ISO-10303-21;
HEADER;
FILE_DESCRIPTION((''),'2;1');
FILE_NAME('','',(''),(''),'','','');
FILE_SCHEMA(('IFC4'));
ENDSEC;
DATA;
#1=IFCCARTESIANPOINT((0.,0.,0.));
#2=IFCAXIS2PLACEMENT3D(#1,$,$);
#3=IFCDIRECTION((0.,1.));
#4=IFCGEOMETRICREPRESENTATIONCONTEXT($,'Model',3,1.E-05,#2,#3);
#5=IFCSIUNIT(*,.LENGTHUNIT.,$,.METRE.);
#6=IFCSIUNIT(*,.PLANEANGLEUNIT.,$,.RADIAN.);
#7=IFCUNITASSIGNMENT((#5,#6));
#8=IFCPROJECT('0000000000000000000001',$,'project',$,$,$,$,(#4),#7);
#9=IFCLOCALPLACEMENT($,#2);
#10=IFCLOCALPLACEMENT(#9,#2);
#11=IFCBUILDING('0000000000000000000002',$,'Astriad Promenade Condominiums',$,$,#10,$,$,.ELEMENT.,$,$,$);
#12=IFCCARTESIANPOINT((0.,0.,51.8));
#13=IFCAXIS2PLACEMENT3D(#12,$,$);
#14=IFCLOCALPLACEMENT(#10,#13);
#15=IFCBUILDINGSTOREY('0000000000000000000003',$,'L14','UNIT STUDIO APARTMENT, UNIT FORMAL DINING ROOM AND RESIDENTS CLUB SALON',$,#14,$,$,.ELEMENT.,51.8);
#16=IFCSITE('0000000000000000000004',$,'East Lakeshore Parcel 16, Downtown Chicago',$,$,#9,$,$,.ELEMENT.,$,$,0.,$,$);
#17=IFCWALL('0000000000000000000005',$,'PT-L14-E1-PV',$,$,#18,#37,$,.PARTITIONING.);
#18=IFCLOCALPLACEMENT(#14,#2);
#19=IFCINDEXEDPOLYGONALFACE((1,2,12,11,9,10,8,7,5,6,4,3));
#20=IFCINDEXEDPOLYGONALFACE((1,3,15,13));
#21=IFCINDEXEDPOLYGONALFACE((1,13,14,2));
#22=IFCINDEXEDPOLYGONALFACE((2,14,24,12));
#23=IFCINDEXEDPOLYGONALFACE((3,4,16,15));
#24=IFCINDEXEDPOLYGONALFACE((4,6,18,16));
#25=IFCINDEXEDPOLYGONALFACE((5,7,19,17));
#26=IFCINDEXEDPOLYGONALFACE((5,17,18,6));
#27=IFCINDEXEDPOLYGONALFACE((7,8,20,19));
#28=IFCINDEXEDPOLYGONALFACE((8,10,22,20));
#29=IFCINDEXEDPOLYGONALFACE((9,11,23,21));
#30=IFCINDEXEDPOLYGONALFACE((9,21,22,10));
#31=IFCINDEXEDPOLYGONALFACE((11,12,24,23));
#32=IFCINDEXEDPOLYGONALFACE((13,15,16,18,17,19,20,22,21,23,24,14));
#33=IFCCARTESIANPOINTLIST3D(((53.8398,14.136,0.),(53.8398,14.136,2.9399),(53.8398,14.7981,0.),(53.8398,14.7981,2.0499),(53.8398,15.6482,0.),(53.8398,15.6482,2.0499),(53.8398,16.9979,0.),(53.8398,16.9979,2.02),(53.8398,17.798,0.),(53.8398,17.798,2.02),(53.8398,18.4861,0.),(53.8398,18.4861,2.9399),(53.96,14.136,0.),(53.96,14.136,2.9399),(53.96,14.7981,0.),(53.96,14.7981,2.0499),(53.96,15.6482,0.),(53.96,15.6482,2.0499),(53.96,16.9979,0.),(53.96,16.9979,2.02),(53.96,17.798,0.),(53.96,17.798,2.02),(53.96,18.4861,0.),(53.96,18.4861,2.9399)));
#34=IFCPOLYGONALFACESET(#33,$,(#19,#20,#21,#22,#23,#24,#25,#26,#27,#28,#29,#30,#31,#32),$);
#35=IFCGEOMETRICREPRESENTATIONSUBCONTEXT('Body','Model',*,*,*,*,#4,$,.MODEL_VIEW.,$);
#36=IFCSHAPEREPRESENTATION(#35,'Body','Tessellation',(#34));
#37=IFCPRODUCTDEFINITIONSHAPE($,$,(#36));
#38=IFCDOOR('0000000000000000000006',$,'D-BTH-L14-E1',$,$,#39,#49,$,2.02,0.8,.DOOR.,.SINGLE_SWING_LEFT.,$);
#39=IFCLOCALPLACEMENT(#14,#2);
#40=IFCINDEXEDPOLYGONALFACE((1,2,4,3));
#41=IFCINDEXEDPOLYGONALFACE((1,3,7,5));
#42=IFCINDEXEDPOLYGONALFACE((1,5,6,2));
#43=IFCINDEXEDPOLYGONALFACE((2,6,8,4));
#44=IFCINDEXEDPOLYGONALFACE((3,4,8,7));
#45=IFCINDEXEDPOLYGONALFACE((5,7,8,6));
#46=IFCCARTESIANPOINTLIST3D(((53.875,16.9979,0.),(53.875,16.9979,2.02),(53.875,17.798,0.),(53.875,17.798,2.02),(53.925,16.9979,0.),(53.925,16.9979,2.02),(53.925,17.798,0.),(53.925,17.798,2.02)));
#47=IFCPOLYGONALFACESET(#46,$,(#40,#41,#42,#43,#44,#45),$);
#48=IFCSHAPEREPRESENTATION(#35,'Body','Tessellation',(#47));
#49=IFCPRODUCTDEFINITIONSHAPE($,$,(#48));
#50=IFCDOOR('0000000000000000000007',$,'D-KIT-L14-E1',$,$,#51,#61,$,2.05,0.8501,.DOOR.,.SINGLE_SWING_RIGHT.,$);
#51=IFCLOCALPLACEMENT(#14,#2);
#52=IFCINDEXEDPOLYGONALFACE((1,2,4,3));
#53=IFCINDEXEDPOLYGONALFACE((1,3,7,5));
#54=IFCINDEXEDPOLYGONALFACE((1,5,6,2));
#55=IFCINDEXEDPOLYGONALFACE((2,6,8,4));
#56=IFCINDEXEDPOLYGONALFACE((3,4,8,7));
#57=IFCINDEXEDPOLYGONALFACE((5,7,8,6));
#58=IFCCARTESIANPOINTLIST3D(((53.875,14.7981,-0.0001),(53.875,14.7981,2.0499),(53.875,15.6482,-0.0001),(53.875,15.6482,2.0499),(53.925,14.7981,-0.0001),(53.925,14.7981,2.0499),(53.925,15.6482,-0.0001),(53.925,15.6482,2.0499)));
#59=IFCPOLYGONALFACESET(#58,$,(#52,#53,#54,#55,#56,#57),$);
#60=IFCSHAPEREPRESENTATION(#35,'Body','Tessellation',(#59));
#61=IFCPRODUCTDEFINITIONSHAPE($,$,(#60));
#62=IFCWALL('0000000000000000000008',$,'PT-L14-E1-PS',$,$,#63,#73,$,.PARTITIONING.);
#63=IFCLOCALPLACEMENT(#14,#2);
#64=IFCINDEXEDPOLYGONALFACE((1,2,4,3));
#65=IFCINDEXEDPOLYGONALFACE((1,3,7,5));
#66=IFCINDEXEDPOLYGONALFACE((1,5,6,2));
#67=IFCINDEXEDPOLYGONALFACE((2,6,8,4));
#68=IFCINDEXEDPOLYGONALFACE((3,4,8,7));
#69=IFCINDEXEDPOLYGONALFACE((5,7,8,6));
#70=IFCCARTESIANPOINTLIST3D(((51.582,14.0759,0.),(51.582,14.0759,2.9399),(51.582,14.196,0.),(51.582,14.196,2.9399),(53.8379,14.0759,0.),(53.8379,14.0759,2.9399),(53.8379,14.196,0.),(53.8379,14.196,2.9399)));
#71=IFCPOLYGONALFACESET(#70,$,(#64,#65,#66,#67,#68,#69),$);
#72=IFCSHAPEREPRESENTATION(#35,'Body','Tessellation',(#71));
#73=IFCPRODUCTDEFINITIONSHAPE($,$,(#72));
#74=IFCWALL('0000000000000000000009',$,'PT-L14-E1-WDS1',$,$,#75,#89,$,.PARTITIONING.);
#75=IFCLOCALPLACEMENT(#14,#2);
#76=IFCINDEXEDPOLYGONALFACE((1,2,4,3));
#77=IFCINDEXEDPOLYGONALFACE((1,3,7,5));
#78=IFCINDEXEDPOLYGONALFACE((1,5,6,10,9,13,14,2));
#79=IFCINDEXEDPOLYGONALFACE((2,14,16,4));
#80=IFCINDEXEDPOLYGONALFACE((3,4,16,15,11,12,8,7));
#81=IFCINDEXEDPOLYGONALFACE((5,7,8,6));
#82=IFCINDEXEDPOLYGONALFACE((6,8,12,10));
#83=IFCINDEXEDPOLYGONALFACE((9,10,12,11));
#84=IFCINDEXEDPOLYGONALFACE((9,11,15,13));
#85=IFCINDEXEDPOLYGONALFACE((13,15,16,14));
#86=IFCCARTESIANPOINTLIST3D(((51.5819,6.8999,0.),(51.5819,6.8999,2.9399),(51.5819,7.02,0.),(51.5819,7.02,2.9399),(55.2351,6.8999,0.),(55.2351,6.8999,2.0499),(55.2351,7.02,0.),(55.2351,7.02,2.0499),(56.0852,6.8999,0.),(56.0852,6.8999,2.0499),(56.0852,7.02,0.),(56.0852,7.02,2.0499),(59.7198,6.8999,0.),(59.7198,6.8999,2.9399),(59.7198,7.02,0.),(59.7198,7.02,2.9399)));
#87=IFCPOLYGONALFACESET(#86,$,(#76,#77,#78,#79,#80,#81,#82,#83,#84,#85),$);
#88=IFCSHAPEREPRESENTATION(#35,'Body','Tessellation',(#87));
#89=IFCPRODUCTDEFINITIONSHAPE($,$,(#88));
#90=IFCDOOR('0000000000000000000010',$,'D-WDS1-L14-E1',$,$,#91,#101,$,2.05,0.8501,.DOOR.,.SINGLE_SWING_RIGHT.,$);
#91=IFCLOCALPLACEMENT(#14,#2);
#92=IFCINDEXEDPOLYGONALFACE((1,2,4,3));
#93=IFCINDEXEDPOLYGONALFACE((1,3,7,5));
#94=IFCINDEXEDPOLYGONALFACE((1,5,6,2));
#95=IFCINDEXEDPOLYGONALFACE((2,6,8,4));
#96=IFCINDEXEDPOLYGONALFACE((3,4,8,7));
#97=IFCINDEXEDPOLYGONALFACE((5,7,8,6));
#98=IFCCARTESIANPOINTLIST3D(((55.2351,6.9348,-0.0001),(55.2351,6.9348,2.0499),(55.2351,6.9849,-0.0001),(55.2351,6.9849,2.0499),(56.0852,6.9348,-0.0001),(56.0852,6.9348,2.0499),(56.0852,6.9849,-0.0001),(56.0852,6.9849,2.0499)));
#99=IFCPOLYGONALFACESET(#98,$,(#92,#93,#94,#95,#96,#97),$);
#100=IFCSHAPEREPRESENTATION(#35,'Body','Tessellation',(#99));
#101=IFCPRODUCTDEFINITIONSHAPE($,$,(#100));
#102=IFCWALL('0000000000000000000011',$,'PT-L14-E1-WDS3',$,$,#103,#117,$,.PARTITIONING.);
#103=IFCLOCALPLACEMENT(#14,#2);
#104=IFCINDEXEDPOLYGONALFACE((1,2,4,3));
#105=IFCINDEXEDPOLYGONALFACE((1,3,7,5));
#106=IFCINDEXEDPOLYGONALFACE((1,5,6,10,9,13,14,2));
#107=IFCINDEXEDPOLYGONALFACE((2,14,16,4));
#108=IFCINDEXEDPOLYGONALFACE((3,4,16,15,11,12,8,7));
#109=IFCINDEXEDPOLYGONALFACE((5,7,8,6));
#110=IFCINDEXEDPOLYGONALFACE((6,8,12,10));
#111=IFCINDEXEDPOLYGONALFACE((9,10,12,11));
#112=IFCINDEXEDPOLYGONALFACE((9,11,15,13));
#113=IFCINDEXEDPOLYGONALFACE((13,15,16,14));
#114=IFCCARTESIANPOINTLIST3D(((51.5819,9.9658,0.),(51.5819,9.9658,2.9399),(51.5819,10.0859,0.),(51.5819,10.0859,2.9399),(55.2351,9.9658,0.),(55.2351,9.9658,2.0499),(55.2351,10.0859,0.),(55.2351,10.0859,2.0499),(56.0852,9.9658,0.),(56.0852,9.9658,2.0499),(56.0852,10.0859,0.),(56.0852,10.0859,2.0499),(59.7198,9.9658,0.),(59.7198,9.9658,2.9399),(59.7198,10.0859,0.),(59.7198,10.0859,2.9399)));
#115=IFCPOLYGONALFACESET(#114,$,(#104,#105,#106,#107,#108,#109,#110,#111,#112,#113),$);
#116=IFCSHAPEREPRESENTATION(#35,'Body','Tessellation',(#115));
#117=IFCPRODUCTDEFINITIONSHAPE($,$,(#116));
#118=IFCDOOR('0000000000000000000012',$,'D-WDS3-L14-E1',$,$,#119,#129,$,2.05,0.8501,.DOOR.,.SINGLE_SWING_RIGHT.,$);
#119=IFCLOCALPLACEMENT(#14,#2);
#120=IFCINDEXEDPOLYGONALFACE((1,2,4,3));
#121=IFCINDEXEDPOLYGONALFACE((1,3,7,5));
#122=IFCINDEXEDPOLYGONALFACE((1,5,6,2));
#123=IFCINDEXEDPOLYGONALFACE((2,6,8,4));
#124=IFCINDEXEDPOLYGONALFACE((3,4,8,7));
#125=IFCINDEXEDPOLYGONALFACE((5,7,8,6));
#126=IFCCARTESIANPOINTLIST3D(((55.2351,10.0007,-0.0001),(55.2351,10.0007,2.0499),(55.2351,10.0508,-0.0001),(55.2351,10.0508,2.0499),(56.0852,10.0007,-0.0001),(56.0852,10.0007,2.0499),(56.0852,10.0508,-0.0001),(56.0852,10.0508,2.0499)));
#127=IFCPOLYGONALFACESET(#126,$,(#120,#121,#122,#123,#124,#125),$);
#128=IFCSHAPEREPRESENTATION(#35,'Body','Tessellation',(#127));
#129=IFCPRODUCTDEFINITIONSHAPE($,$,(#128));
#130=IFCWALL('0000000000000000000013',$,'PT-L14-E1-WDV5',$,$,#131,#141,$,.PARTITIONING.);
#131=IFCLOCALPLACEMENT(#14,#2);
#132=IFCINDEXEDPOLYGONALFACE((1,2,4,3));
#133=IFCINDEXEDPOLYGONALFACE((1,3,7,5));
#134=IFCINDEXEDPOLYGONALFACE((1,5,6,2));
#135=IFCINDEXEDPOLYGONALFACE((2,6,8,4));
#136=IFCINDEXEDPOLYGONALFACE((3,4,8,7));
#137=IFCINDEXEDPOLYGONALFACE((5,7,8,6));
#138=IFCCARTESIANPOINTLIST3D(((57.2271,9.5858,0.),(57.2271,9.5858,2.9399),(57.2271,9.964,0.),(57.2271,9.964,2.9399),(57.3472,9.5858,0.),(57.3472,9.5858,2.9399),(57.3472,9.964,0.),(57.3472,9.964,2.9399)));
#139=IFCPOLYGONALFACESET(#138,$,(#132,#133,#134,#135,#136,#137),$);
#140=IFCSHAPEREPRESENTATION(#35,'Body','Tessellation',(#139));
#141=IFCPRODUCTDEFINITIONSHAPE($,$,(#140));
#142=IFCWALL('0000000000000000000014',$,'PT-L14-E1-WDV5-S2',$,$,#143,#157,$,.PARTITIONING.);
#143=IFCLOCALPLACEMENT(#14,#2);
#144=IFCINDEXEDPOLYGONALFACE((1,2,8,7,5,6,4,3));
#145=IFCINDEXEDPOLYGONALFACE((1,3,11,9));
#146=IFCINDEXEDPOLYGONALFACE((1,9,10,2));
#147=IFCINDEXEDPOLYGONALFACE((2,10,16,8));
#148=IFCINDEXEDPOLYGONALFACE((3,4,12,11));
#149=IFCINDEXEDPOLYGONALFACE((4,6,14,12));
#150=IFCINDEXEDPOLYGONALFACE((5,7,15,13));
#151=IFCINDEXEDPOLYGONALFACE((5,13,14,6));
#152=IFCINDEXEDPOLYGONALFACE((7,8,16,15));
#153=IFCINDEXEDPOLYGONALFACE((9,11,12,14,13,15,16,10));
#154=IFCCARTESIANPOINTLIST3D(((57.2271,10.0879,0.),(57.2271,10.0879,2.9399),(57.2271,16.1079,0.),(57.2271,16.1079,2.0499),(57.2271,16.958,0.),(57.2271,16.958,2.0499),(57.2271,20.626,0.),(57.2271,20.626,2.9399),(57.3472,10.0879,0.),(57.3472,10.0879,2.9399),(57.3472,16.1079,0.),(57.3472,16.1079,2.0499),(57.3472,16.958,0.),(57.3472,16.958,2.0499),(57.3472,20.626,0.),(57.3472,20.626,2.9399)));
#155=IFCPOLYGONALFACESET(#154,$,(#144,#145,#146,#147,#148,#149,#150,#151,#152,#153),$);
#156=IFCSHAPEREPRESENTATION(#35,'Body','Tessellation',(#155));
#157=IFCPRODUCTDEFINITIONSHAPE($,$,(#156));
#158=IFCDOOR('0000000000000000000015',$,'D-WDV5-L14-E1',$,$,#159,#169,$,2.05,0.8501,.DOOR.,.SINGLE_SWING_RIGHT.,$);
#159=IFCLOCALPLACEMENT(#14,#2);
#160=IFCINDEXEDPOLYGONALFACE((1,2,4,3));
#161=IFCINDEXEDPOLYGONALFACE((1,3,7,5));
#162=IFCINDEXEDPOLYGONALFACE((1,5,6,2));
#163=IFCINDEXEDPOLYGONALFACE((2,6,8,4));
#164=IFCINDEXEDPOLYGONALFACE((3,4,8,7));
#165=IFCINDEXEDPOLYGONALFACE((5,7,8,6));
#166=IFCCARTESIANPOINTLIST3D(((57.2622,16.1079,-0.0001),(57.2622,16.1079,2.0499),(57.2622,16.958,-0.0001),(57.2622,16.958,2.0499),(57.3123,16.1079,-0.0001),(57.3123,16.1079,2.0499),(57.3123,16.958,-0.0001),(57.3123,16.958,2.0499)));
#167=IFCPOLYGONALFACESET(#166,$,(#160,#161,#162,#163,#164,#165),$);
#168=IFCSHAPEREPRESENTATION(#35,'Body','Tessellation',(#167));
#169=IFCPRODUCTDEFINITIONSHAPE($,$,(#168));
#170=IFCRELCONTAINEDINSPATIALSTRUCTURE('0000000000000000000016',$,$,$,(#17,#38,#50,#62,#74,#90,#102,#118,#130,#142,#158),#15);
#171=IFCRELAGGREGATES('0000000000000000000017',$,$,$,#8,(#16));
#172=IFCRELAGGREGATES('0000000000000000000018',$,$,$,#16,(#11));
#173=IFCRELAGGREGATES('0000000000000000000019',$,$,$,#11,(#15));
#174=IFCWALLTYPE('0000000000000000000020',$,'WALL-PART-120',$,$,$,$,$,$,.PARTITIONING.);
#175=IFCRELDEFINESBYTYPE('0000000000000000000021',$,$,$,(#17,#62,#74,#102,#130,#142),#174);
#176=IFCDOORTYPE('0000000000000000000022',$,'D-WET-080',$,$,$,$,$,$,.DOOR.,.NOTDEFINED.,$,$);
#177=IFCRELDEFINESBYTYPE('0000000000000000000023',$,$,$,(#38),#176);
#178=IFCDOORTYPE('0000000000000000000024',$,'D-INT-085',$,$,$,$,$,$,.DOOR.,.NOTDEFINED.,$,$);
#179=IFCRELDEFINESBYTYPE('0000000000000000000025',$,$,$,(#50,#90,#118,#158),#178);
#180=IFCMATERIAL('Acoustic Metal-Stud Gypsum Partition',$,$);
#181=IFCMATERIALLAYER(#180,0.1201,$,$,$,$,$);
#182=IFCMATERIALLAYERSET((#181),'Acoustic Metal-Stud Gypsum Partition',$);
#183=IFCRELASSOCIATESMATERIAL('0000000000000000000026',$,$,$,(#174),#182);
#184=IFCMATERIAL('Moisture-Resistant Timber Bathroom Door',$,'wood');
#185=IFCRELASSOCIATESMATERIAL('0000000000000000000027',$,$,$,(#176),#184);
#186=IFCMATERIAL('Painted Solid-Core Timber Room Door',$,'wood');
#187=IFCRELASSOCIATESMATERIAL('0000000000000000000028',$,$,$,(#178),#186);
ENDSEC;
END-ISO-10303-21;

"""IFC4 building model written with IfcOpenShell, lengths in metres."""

from ifc_helpers import new_model, si_unit, direction, frame, frame_2d, origin, place, context, subcontext, project, spatial, rectangle, extrude, source, transform, mapped, material, layer, layer_set, type_object, type_shapes, element, fill, save


model = new_model("IFC4")

# Units and contexts
model_context = context("Model", 3, precision=1e-05, world=origin(), true_north=direction((0.0, 1.0)))
body_context = subcontext(model_context, "Body", "Model", "MODEL_VIEW")
ifc_project = project(units=[si_unit("LENGTHUNIT", "METRE"), si_unit("PLANEANGLEUNIT", "RADIAN")], contexts=[model_context])

# Site, building, storey
site_placement = place(None, origin())
site = spatial("IfcSite", under=ifc_project, at=site_placement, Name="East Lakeshore Parcel 16, Downtown Chicago", CompositionType="ELEMENT", RefElevation=0.0)
building_placement = place(site_placement, origin())
building = spatial("IfcBuilding", under=site, at=building_placement, Name="Astriad Promenade Condominiums", CompositionType="ELEMENT")
storey_placement = place(building_placement, frame((0.0, 0.0, 51.8)))
storey = spatial("IfcBuildingStorey", under=building, at=storey_placement, Name="L14", Description="UNIT STUDIO APARTMENT, UNIT FORMAL DINING ROOM AND RESIDENTS CLUB SALON", CompositionType="ELEMENT", Elevation=51.8)

# Shared definitions
ifc_material_1 = material(Name="Acoustic Metal-Stud Gypsum Partition")
ifc_layer_1 = layer(ifc_material_1, 0.1201)
ifc_layer_set_1 = layer_set([ifc_layer_1], Name="Acoustic Metal-Stud Gypsum Partition")
wall_type_1 = type_object("IfcWallType", Name="WALL-PART-120", PredefinedType="PARTITIONING", material=ifc_layer_set_1)
ifc_material_2 = material(Name="Moisture-Resistant Timber Bathroom Door", Category="wood")
door_type_1 = type_object("IfcDoorType", Name="D-WET-080", OperationType="NOTDEFINED", PredefinedType="DOOR", material=ifc_material_2)
shared_shape_1 = source(origin(), body_context, "Body", "SweptSolid", [
    extrude(rectangle(XDim=0.8, YDim=2.02, at=frame_2d((0.3999, 1.01))), frame((0.0, 0.0249, 0.0), z_axis=(0.0, -1.0, 0.0), x_axis=(1.0, 0.0, 0.0)), (0.0, 0.0, 1.0), 0.05),
])
type_shapes(door_type_1, [shared_shape_1])
ifc_material_3 = material(Name="Painted Solid-Core Timber Room Door", Category="wood")
door_type_2 = type_object("IfcDoorType", Name="D-INT-085", OperationType="NOTDEFINED", PredefinedType="DOOR", material=ifc_material_3)
shared_shape_2 = source(origin(), body_context, "Body", "SweptSolid", [
    extrude(rectangle(XDim=0.8501, YDim=2.05, at=frame_2d((0.425, 1.0249))), frame((0.0, 0.0249, 0.0), z_axis=(0.0, -1.0, 0.0), x_axis=(1.0, 0.0, 0.0)), (0.0, 0.0, 1.0), 0.05),
])
type_shapes(door_type_2, [shared_shape_2])

# Wall, openings, doors
wall_1_placement = place(storey_placement, frame((53.8999, 14.136, 0.0), z_axis=(0.0, 0.0, 1.0), x_axis=(0.0, 1.0, 0.0)))
wall_1 = element("IfcWall", 1, at=wall_1_placement, inside=storey, type_object=wall_type_1, Name="PT-L14-E1-PV", PredefinedType="PARTITIONING", context=body_context, shape_type="SweptSolid", body=[
    extrude(rectangle(XDim=4.3501, YDim=0.1201, at=frame_2d((2.175, 0.0))), origin(), (0.0, 0.0, 1.0), 2.9399),
])
opening_1_placement = place(wall_1_placement, frame((0.6621, 0.0, 0.0)))
opening_1 = element("IfcOpeningElement", 2, at=opening_1_placement, cuts=wall_1, PredefinedType="OPENING", context=body_context, shape_type="SweptSolid", body=[
    extrude(rectangle(XDim=0.8501, YDim=2.05, at=frame_2d((0.425, 1.0249))), frame((0.0, 0.0701, 0.0), z_axis=(0.0, -1.0, 0.0), x_axis=(1.0, 0.0, 0.0)), (0.0, 0.0, 1.0), 0.1401),
])
opening_2_placement = place(wall_1_placement, frame((2.8621, 0.0, 0.0)))
opening_2 = element("IfcOpeningElement", 3, at=opening_2_placement, cuts=wall_1, PredefinedType="OPENING", context=body_context, shape_type="SweptSolid", body=[
    extrude(rectangle(XDim=0.8, YDim=2.02, at=frame_2d((0.3999, 1.01))), frame((0.0, 0.0701, 0.0), z_axis=(0.0, -1.0, 0.0), x_axis=(1.0, 0.0, 0.0)), (0.0, 0.0, 1.0), 0.1401),
])
door_1_placement = place(opening_2_placement, origin())
door_1 = element("IfcDoor", 4, at=door_1_placement, inside=storey, type_object=door_type_1, Name="D-BTH-L14-E1", OperationType="SINGLE_SWING_LEFT", OverallHeight=2.02, OverallWidth=0.8, PredefinedType="DOOR", context=body_context, shape_type="MappedRepresentation", body=[
    mapped(shared_shape_1, transform((0.0, 0.0, 0.0), scale=1.0)),
])
fill(opening_2, door_1)
door_2_placement = place(opening_1_placement, origin())
door_2 = element("IfcDoor", 5, at=door_2_placement, inside=storey, type_object=door_type_2, Name="D-KIT-L14-E1", OperationType="SINGLE_SWING_RIGHT", OverallHeight=2.05, OverallWidth=0.8501, PredefinedType="DOOR", context=body_context, shape_type="MappedRepresentation", body=[
    mapped(shared_shape_2, transform((0.0, 0.0, 0.0), scale=1.0)),
])
fill(opening_1, door_2)

# Wall
wall_2_placement = place(storey_placement, frame((51.582, 14.136, 0.0), z_axis=(0.0, 0.0, 1.0), x_axis=(1.0, 0.0, 0.0)))
element("IfcWall", 6, at=wall_2_placement, inside=storey, type_object=wall_type_1, Name="PT-L14-E1-PS", PredefinedType="PARTITIONING", context=body_context, shape_type="SweptSolid", body=[
    extrude(rectangle(XDim=2.2559, YDim=0.1201, at=frame_2d((1.1279, 0.0))), origin(), (0.0, 0.0, 1.0), 2.9399),
])

# Walls, openings, doors
wall_3_placement = place(storey_placement, frame((51.582, 6.96, 0.0), z_axis=(0.0, 0.0, 1.0), x_axis=(1.0, 0.0, 0.0)))
wall_3 = element("IfcWall", 7, at=wall_3_placement, inside=storey, type_object=wall_type_1, Name="PT-L14-E1-WDS1", PredefinedType="PARTITIONING", context=body_context, shape_type="SweptSolid", body=[
    extrude(rectangle(XDim=8.1379, YDim=0.1201, at=frame_2d((4.0688, 0.0))), origin(), (0.0, 0.0, 1.0), 2.9399),
])
opening_3_placement = place(wall_3_placement, frame((3.6531, 0.0, 0.0)))
opening_3 = element("IfcOpeningElement", 8, at=opening_3_placement, cuts=wall_3, PredefinedType="OPENING", context=body_context, shape_type="SweptSolid", body=[
    extrude(rectangle(XDim=0.8501, YDim=2.05, at=frame_2d((0.425, 1.0249))), frame((0.0, 0.0701, 0.0), z_axis=(0.0, -1.0, 0.0), x_axis=(1.0, 0.0, 0.0)), (0.0, 0.0, 1.0), 0.1401),
])
door_3_placement = place(opening_3_placement, origin())
door_3 = element("IfcDoor", 9, at=door_3_placement, inside=storey, type_object=door_type_2, Name="D-WDS1-L14-E1", OperationType="SINGLE_SWING_RIGHT", OverallHeight=2.05, OverallWidth=0.8501, PredefinedType="DOOR", context=body_context, shape_type="MappedRepresentation", body=[
    mapped(shared_shape_2, transform((0.0, 0.0, 0.0), scale=1.0)),
])
fill(opening_3, door_3)
wall_4_placement = place(storey_placement, frame((51.582, 10.0259, 0.0), z_axis=(0.0, 0.0, 1.0), x_axis=(1.0, 0.0, 0.0)))
wall_4 = element("IfcWall", 10, at=wall_4_placement, inside=storey, type_object=wall_type_1, Name="PT-L14-E1-WDS3", PredefinedType="PARTITIONING", context=body_context, shape_type="SweptSolid", body=[
    extrude(rectangle(XDim=8.1379, YDim=0.1201, at=frame_2d((4.0688, 0.0))), origin(), (0.0, 0.0, 1.0), 2.9399),
])
opening_4_placement = place(wall_4_placement, frame((3.6531, 0.0, 0.0)))
opening_4 = element("IfcOpeningElement", 11, at=opening_4_placement, cuts=wall_4, PredefinedType="OPENING", context=body_context, shape_type="SweptSolid", body=[
    extrude(rectangle(XDim=0.8501, YDim=2.05, at=frame_2d((0.425, 1.0249))), frame((0.0, 0.0701, 0.0), z_axis=(0.0, -1.0, 0.0), x_axis=(1.0, 0.0, 0.0)), (0.0, 0.0, 1.0), 0.1401),
])
door_4_placement = place(opening_4_placement, origin())
door_4 = element("IfcDoor", 12, at=door_4_placement, inside=storey, type_object=door_type_2, Name="D-WDS3-L14-E1", OperationType="SINGLE_SWING_RIGHT", OverallHeight=2.05, OverallWidth=0.8501, PredefinedType="DOOR", context=body_context, shape_type="MappedRepresentation", body=[
    mapped(shared_shape_2, transform((0.0, 0.0, 0.0), scale=1.0)),
])
fill(opening_4, door_4)

# Wall
wall_5_placement = place(storey_placement, frame((57.2871, 9.5859, 0.0), z_axis=(0.0, 0.0, 1.0), x_axis=(0.0, 1.0, 0.0)))
element("IfcWall", 13, at=wall_5_placement, inside=storey, type_object=wall_type_1, Name="PT-L14-E1-WDV5", PredefinedType="PARTITIONING", context=body_context, shape_type="SweptSolid", body=[
    extrude(rectangle(XDim=0.3782, YDim=0.1201, at=frame_2d((0.189, 0.0))), origin(), (0.0, 0.0, 1.0), 2.9399),
])

# Wall, opening, door
wall_6_placement = place(storey_placement, frame((57.2871, 10.0879, 0.0), z_axis=(0.0, 0.0, 1.0), x_axis=(0.0, 1.0, 0.0)))
wall_6 = element("IfcWall", 14, at=wall_6_placement, inside=storey, type_object=wall_type_1, Name="PT-L14-E1-WDV5-S2", PredefinedType="PARTITIONING", context=body_context, shape_type="SweptSolid", body=[
    extrude(rectangle(XDim=10.5381, YDim=0.1201, at=frame_2d((5.269, 0.0))), origin(), (0.0, 0.0, 1.0), 2.9399),
])
opening_5_placement = place(wall_6_placement, frame((6.02, 0.0, 0.0)))
opening_5 = element("IfcOpeningElement", 15, at=opening_5_placement, cuts=wall_6, PredefinedType="OPENING", context=body_context, shape_type="SweptSolid", body=[
    extrude(rectangle(XDim=0.8501, YDim=2.05, at=frame_2d((0.425, 1.0249))), frame((0.0, 0.0701, 0.0), z_axis=(0.0, -1.0, 0.0), x_axis=(1.0, 0.0, 0.0)), (0.0, 0.0, 1.0), 0.1401),
])
door_5_placement = place(opening_5_placement, origin())
door_5 = element("IfcDoor", 16, at=door_5_placement, inside=storey, type_object=door_type_2, Name="D-WDV5-L14-E1", OperationType="SINGLE_SWING_RIGHT", OverallHeight=2.05, OverallWidth=0.8501, PredefinedType="DOOR", context=body_context, shape_type="MappedRepresentation", body=[
    mapped(shared_shape_2, transform((0.0, 0.0, 0.0), scale=1.0)),
])
fill(opening_5, door_5)

save(model, "model.ifc")
